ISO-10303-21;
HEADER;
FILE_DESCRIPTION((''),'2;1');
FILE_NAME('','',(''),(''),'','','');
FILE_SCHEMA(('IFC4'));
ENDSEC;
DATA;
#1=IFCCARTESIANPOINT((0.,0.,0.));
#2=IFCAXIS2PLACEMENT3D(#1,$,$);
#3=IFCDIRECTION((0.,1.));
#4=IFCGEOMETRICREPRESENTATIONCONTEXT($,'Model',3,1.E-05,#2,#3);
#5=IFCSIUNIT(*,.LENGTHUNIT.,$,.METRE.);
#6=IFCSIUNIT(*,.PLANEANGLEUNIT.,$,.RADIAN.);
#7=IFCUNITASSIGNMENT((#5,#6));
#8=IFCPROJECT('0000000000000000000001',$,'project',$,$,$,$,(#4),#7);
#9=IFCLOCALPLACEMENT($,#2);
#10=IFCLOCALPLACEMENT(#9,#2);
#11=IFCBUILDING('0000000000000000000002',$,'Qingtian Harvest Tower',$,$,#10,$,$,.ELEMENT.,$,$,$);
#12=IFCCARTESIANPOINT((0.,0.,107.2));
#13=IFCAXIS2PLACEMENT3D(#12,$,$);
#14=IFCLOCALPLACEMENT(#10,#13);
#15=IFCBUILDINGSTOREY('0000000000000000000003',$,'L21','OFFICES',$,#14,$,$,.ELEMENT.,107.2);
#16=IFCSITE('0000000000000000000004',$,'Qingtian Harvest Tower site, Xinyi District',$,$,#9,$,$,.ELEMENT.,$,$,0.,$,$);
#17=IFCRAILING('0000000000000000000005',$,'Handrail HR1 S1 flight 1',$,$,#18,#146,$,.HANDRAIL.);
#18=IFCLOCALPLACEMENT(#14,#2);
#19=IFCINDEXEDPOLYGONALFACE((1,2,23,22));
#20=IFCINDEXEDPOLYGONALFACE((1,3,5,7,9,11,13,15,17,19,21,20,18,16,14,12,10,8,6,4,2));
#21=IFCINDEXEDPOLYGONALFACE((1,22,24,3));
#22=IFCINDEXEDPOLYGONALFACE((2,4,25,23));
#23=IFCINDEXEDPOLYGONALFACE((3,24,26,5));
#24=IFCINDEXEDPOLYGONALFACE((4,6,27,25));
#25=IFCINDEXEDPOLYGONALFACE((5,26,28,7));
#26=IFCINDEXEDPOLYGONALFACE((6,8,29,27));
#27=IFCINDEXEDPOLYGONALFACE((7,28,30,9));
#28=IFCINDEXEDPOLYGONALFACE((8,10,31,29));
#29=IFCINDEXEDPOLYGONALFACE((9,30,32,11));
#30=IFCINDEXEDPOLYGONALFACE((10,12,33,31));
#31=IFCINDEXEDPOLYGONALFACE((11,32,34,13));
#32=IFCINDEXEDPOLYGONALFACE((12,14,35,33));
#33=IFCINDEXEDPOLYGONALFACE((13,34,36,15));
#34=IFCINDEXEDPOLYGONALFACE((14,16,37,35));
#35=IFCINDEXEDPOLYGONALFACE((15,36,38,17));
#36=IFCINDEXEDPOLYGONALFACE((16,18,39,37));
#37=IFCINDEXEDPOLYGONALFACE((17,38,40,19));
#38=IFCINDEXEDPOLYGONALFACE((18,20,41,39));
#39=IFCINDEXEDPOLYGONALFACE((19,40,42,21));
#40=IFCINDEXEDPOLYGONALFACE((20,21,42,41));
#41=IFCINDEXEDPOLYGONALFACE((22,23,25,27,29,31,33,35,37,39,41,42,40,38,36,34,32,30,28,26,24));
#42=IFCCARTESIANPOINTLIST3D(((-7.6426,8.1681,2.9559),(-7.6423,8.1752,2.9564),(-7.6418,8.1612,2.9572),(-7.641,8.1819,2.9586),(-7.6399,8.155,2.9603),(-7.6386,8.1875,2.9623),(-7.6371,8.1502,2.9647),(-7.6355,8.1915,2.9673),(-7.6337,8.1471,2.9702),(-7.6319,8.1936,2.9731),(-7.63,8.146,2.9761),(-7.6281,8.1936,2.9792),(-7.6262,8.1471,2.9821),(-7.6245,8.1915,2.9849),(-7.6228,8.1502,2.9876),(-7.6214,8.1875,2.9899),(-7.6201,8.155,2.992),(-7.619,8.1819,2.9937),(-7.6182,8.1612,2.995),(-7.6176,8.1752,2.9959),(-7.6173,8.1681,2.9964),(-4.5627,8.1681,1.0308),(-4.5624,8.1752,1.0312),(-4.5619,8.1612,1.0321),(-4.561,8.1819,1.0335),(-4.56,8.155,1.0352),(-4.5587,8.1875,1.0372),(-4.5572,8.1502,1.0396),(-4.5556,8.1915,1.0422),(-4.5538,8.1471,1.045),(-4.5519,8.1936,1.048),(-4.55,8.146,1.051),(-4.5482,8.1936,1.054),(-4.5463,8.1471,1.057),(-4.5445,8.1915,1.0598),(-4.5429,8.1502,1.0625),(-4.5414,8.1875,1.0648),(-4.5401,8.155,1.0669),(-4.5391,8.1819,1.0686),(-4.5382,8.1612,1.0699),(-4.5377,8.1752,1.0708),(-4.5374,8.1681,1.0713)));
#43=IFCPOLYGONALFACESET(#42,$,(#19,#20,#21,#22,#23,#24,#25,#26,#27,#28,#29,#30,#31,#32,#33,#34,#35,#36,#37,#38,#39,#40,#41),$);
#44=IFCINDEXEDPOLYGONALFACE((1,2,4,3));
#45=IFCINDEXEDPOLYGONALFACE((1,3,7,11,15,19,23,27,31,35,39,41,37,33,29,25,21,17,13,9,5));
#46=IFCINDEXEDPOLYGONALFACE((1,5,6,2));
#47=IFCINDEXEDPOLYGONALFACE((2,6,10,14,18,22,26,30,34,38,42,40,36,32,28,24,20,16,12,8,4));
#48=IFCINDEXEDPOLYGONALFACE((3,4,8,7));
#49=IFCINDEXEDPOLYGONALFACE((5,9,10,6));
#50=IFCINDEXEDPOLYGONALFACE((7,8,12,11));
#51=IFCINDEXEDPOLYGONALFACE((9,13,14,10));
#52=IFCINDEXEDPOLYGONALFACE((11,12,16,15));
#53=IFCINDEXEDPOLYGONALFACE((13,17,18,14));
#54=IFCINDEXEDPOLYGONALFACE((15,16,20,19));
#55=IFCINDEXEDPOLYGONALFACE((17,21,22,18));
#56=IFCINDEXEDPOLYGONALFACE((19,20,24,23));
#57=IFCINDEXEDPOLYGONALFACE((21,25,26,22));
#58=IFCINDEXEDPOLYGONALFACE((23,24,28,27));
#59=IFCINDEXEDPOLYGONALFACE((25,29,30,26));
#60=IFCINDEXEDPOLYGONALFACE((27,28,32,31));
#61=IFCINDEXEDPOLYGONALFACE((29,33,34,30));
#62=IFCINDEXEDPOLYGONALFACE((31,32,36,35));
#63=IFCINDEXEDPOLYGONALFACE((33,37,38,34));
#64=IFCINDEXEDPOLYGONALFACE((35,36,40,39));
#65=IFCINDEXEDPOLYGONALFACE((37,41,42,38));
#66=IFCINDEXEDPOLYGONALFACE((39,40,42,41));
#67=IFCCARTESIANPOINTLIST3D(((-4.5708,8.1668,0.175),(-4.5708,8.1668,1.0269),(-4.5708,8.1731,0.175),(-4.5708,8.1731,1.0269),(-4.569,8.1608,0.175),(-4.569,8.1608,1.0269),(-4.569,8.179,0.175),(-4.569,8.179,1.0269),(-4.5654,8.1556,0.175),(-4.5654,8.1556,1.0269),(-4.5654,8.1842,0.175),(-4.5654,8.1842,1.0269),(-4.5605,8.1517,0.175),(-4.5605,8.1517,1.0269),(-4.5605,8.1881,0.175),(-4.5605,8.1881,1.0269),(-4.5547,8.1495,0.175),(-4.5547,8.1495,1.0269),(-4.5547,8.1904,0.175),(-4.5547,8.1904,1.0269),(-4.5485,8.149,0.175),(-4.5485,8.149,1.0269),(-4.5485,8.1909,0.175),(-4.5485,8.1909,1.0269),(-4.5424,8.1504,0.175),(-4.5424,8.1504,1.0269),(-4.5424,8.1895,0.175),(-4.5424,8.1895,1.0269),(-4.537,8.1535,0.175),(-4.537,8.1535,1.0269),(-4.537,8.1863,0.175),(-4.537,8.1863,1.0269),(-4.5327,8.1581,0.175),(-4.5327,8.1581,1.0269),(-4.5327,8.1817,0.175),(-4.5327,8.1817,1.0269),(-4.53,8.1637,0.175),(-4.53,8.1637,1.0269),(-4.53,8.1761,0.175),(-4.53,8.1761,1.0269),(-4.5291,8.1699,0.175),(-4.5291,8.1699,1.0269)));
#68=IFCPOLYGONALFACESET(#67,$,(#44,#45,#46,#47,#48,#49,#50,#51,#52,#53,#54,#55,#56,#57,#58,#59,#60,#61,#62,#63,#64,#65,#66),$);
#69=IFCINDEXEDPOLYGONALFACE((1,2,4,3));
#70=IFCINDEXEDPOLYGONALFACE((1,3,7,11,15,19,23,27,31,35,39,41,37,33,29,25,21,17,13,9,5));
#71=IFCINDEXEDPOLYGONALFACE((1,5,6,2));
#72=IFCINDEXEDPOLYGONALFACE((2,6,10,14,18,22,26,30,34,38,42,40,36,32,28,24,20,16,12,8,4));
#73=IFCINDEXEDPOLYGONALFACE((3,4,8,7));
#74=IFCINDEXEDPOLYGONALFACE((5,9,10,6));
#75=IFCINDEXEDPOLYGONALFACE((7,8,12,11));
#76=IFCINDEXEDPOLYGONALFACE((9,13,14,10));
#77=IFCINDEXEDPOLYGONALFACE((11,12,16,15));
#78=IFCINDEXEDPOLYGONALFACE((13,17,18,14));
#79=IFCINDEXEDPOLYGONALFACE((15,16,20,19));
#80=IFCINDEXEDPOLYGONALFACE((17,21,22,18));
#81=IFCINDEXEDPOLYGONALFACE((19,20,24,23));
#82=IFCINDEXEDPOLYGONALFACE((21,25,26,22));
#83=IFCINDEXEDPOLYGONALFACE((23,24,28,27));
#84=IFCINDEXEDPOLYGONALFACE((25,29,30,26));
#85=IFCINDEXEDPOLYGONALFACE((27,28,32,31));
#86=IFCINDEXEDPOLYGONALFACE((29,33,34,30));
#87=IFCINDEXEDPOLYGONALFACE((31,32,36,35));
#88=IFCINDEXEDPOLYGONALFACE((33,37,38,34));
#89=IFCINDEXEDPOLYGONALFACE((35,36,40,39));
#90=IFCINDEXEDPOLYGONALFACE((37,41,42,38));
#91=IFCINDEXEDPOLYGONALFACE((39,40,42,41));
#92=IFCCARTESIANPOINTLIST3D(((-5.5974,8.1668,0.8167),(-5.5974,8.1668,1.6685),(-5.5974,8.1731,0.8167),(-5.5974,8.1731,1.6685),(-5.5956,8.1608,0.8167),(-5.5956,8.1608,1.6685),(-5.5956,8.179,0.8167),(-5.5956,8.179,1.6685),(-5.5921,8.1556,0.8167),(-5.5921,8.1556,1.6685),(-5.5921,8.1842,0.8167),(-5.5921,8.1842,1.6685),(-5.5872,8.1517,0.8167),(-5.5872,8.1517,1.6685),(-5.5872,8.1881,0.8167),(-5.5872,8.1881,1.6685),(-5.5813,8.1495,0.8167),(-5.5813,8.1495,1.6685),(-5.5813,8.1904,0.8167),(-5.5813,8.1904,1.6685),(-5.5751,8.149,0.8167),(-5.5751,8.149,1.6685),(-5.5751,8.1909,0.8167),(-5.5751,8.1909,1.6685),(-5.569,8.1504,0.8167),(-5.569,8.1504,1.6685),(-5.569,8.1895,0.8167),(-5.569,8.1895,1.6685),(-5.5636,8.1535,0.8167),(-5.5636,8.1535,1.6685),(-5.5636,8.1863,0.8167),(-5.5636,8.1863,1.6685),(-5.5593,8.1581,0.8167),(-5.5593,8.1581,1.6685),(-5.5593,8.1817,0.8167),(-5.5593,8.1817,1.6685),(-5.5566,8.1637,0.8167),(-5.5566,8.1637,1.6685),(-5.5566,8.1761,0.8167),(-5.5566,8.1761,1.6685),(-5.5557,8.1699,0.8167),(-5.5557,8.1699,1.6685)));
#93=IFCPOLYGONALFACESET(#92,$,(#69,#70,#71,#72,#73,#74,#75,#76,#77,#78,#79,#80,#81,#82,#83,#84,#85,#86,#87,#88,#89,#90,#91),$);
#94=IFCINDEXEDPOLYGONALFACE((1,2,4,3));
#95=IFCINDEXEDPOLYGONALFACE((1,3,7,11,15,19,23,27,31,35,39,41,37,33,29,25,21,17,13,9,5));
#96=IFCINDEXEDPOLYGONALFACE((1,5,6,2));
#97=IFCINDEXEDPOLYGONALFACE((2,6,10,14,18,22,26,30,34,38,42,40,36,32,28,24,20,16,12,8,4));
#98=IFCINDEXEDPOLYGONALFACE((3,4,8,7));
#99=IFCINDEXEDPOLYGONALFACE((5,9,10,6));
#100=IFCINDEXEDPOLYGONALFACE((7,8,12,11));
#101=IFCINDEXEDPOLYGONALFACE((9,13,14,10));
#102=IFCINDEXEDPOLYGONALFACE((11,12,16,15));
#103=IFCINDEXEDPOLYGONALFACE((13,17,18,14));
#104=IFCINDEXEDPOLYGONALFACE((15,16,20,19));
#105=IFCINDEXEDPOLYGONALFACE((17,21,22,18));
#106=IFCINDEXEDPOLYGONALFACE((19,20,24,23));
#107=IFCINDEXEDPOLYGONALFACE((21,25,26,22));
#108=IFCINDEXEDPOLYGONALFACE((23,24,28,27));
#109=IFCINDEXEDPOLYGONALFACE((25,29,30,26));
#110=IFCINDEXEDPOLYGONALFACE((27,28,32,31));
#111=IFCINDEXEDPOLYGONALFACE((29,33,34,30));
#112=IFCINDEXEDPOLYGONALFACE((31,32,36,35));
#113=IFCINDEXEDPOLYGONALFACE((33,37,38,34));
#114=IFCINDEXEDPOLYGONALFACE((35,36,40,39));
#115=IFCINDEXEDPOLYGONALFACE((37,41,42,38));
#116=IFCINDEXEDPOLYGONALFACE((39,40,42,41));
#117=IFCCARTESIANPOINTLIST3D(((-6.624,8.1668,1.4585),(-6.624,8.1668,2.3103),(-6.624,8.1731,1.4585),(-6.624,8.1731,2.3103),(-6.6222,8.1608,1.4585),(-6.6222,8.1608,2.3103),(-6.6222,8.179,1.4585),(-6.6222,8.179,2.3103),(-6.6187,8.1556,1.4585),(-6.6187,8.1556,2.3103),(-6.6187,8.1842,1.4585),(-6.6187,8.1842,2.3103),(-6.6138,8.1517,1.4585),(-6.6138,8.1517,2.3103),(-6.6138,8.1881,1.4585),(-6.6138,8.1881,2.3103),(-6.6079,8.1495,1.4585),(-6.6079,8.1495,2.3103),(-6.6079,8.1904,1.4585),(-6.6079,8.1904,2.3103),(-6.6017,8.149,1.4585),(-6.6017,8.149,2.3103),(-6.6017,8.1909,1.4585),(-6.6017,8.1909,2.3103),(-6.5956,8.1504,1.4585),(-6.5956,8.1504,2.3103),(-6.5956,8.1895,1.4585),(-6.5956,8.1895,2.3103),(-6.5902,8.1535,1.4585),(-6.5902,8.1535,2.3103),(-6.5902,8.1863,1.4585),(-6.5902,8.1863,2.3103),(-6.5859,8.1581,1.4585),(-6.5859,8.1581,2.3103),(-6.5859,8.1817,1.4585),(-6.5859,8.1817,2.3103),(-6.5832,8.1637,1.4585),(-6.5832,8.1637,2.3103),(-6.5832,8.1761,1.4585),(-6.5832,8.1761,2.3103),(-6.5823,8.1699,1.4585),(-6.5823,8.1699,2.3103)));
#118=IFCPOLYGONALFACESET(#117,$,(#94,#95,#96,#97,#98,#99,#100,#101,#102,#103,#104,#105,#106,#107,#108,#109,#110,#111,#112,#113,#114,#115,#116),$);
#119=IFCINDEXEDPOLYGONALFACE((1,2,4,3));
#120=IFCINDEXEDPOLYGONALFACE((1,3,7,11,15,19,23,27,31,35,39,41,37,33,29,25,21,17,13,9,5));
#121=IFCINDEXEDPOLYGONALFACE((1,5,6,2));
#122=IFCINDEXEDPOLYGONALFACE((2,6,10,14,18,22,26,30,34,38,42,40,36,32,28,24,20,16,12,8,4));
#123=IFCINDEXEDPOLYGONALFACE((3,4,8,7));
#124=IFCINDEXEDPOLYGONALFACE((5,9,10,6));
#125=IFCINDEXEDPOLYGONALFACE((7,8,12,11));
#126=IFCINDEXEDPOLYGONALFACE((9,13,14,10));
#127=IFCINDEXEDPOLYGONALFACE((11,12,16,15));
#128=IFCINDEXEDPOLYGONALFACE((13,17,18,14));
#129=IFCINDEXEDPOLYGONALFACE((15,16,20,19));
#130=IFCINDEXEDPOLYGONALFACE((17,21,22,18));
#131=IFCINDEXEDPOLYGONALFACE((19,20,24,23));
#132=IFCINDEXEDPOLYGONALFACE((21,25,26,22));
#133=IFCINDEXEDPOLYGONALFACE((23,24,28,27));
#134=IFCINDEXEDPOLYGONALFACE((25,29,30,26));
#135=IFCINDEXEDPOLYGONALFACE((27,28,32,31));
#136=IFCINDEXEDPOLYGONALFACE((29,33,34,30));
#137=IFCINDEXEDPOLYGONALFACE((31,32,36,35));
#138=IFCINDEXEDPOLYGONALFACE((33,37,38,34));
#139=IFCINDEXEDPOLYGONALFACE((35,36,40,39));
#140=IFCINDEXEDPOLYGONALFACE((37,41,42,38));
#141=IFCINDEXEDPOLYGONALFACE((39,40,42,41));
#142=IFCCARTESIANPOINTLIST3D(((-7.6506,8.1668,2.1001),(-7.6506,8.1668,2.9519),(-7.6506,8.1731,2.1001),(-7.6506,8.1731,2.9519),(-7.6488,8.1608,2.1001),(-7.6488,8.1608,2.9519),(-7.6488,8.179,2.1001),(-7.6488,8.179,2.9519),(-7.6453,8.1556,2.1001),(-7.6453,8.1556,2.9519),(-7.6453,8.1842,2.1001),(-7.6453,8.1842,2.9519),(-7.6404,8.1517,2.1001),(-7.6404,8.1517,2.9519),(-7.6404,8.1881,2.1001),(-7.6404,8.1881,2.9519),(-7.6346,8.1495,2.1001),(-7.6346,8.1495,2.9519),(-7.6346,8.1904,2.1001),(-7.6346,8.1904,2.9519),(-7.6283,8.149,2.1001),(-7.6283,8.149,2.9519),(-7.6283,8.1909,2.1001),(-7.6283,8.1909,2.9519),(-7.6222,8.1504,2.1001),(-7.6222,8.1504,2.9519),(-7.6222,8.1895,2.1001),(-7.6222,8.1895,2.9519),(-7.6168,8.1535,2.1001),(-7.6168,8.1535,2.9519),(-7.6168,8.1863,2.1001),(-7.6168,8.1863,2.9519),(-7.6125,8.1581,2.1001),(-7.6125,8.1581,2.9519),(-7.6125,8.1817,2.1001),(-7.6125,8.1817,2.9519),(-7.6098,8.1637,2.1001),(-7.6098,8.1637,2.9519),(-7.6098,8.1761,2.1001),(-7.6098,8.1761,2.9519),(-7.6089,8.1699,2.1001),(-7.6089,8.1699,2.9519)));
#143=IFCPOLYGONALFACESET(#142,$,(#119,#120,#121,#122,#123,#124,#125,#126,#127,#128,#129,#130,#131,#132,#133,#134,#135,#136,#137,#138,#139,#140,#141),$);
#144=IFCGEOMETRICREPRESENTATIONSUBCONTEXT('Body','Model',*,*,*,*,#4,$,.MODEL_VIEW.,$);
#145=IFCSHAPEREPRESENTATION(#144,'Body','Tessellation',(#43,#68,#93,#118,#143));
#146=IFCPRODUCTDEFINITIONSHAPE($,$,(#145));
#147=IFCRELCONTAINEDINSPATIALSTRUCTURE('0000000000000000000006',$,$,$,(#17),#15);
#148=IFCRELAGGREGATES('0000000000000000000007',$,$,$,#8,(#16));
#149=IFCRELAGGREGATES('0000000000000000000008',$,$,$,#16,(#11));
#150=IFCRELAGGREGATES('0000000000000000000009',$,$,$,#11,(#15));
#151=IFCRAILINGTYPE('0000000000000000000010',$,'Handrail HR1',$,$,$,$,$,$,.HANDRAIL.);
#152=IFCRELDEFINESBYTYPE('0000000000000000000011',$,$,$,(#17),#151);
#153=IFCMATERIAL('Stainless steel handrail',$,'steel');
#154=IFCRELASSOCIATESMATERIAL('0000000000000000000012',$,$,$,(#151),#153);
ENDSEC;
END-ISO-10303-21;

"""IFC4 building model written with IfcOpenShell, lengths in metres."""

from ifc_helpers import new_model, si_unit, direction, frame, origin, origin_2d, place, context, subcontext, project, spatial, circle, extrude, material, type_object, element, save


model = new_model("IFC4")

# Units and contexts
model_context = context("Model", 3, precision=1e-05, world=origin(), true_north=direction((0.0, 1.0)))
body_context = subcontext(model_context, "Body", "Model", "MODEL_VIEW")
ifc_project = project(units=[si_unit("LENGTHUNIT", "METRE"), si_unit("PLANEANGLEUNIT", "RADIAN")], contexts=[model_context])

# Site, building, storey
site_placement = place(None, origin())
site = spatial("IfcSite", under=ifc_project, at=site_placement, Name="Qingtian Harvest Tower site, Xinyi District", CompositionType="ELEMENT", RefElevation=0.0)
building_placement = place(site_placement, origin())
building = spatial("IfcBuilding", under=site, at=building_placement, Name="Qingtian Harvest Tower", CompositionType="ELEMENT")
storey_placement = place(building_placement, frame((0.0, 0.0, 107.2)))
storey = spatial("IfcBuildingStorey", under=building, at=storey_placement, Name="L21", Description="OFFICES", CompositionType="ELEMENT", Elevation=107.2)

# Railing
ifc_material_1 = material(Name="Stainless steel handrail", Category="steel")
railing_type = type_object("IfcRailingType", Name="Handrail HR1", PredefinedType="HANDRAIL", material=ifc_material_1)
railing_1_placement = place(storey_placement, frame((-4.55, 8.1699, 0.175)))
element("IfcRailing", 1, at=railing_1_placement, inside=storey, type_object=railing_type, Name="Handrail HR1 S1 flight 1", PredefinedType="HANDRAIL", context=body_context, shape_type="SweptSolid", body=[
    extrude(circle(Radius=0.0239, at=origin_2d()), frame((0.0, 0.0, 0.876), z_axis=(-0.847979, 0.0, 0.530029), x_axis=(0.0, -1.0, 0.0)), (0.0, 0.0, 1.0), 3.6321),
    extrude(circle(Radius=0.021, at=origin_2d()), origin(), (0.0, 0.0, 1.0), 0.8518),
    extrude(circle(Radius=0.021, at=origin_2d()), frame((-1.0266, 0.0, 0.6416)), (0.0, 0.0, 1.0), 0.8518),
    extrude(circle(Radius=0.021, at=origin_2d()), frame((-2.0532, 0.0, 1.2834)), (0.0, 0.0, 1.0), 0.8518),
    extrude(circle(Radius=0.021, at=origin_2d()), frame((-3.0798, 0.0, 1.925)), (0.0, 0.0, 1.0), 0.8518),
])

save(model, "model.ifc")
